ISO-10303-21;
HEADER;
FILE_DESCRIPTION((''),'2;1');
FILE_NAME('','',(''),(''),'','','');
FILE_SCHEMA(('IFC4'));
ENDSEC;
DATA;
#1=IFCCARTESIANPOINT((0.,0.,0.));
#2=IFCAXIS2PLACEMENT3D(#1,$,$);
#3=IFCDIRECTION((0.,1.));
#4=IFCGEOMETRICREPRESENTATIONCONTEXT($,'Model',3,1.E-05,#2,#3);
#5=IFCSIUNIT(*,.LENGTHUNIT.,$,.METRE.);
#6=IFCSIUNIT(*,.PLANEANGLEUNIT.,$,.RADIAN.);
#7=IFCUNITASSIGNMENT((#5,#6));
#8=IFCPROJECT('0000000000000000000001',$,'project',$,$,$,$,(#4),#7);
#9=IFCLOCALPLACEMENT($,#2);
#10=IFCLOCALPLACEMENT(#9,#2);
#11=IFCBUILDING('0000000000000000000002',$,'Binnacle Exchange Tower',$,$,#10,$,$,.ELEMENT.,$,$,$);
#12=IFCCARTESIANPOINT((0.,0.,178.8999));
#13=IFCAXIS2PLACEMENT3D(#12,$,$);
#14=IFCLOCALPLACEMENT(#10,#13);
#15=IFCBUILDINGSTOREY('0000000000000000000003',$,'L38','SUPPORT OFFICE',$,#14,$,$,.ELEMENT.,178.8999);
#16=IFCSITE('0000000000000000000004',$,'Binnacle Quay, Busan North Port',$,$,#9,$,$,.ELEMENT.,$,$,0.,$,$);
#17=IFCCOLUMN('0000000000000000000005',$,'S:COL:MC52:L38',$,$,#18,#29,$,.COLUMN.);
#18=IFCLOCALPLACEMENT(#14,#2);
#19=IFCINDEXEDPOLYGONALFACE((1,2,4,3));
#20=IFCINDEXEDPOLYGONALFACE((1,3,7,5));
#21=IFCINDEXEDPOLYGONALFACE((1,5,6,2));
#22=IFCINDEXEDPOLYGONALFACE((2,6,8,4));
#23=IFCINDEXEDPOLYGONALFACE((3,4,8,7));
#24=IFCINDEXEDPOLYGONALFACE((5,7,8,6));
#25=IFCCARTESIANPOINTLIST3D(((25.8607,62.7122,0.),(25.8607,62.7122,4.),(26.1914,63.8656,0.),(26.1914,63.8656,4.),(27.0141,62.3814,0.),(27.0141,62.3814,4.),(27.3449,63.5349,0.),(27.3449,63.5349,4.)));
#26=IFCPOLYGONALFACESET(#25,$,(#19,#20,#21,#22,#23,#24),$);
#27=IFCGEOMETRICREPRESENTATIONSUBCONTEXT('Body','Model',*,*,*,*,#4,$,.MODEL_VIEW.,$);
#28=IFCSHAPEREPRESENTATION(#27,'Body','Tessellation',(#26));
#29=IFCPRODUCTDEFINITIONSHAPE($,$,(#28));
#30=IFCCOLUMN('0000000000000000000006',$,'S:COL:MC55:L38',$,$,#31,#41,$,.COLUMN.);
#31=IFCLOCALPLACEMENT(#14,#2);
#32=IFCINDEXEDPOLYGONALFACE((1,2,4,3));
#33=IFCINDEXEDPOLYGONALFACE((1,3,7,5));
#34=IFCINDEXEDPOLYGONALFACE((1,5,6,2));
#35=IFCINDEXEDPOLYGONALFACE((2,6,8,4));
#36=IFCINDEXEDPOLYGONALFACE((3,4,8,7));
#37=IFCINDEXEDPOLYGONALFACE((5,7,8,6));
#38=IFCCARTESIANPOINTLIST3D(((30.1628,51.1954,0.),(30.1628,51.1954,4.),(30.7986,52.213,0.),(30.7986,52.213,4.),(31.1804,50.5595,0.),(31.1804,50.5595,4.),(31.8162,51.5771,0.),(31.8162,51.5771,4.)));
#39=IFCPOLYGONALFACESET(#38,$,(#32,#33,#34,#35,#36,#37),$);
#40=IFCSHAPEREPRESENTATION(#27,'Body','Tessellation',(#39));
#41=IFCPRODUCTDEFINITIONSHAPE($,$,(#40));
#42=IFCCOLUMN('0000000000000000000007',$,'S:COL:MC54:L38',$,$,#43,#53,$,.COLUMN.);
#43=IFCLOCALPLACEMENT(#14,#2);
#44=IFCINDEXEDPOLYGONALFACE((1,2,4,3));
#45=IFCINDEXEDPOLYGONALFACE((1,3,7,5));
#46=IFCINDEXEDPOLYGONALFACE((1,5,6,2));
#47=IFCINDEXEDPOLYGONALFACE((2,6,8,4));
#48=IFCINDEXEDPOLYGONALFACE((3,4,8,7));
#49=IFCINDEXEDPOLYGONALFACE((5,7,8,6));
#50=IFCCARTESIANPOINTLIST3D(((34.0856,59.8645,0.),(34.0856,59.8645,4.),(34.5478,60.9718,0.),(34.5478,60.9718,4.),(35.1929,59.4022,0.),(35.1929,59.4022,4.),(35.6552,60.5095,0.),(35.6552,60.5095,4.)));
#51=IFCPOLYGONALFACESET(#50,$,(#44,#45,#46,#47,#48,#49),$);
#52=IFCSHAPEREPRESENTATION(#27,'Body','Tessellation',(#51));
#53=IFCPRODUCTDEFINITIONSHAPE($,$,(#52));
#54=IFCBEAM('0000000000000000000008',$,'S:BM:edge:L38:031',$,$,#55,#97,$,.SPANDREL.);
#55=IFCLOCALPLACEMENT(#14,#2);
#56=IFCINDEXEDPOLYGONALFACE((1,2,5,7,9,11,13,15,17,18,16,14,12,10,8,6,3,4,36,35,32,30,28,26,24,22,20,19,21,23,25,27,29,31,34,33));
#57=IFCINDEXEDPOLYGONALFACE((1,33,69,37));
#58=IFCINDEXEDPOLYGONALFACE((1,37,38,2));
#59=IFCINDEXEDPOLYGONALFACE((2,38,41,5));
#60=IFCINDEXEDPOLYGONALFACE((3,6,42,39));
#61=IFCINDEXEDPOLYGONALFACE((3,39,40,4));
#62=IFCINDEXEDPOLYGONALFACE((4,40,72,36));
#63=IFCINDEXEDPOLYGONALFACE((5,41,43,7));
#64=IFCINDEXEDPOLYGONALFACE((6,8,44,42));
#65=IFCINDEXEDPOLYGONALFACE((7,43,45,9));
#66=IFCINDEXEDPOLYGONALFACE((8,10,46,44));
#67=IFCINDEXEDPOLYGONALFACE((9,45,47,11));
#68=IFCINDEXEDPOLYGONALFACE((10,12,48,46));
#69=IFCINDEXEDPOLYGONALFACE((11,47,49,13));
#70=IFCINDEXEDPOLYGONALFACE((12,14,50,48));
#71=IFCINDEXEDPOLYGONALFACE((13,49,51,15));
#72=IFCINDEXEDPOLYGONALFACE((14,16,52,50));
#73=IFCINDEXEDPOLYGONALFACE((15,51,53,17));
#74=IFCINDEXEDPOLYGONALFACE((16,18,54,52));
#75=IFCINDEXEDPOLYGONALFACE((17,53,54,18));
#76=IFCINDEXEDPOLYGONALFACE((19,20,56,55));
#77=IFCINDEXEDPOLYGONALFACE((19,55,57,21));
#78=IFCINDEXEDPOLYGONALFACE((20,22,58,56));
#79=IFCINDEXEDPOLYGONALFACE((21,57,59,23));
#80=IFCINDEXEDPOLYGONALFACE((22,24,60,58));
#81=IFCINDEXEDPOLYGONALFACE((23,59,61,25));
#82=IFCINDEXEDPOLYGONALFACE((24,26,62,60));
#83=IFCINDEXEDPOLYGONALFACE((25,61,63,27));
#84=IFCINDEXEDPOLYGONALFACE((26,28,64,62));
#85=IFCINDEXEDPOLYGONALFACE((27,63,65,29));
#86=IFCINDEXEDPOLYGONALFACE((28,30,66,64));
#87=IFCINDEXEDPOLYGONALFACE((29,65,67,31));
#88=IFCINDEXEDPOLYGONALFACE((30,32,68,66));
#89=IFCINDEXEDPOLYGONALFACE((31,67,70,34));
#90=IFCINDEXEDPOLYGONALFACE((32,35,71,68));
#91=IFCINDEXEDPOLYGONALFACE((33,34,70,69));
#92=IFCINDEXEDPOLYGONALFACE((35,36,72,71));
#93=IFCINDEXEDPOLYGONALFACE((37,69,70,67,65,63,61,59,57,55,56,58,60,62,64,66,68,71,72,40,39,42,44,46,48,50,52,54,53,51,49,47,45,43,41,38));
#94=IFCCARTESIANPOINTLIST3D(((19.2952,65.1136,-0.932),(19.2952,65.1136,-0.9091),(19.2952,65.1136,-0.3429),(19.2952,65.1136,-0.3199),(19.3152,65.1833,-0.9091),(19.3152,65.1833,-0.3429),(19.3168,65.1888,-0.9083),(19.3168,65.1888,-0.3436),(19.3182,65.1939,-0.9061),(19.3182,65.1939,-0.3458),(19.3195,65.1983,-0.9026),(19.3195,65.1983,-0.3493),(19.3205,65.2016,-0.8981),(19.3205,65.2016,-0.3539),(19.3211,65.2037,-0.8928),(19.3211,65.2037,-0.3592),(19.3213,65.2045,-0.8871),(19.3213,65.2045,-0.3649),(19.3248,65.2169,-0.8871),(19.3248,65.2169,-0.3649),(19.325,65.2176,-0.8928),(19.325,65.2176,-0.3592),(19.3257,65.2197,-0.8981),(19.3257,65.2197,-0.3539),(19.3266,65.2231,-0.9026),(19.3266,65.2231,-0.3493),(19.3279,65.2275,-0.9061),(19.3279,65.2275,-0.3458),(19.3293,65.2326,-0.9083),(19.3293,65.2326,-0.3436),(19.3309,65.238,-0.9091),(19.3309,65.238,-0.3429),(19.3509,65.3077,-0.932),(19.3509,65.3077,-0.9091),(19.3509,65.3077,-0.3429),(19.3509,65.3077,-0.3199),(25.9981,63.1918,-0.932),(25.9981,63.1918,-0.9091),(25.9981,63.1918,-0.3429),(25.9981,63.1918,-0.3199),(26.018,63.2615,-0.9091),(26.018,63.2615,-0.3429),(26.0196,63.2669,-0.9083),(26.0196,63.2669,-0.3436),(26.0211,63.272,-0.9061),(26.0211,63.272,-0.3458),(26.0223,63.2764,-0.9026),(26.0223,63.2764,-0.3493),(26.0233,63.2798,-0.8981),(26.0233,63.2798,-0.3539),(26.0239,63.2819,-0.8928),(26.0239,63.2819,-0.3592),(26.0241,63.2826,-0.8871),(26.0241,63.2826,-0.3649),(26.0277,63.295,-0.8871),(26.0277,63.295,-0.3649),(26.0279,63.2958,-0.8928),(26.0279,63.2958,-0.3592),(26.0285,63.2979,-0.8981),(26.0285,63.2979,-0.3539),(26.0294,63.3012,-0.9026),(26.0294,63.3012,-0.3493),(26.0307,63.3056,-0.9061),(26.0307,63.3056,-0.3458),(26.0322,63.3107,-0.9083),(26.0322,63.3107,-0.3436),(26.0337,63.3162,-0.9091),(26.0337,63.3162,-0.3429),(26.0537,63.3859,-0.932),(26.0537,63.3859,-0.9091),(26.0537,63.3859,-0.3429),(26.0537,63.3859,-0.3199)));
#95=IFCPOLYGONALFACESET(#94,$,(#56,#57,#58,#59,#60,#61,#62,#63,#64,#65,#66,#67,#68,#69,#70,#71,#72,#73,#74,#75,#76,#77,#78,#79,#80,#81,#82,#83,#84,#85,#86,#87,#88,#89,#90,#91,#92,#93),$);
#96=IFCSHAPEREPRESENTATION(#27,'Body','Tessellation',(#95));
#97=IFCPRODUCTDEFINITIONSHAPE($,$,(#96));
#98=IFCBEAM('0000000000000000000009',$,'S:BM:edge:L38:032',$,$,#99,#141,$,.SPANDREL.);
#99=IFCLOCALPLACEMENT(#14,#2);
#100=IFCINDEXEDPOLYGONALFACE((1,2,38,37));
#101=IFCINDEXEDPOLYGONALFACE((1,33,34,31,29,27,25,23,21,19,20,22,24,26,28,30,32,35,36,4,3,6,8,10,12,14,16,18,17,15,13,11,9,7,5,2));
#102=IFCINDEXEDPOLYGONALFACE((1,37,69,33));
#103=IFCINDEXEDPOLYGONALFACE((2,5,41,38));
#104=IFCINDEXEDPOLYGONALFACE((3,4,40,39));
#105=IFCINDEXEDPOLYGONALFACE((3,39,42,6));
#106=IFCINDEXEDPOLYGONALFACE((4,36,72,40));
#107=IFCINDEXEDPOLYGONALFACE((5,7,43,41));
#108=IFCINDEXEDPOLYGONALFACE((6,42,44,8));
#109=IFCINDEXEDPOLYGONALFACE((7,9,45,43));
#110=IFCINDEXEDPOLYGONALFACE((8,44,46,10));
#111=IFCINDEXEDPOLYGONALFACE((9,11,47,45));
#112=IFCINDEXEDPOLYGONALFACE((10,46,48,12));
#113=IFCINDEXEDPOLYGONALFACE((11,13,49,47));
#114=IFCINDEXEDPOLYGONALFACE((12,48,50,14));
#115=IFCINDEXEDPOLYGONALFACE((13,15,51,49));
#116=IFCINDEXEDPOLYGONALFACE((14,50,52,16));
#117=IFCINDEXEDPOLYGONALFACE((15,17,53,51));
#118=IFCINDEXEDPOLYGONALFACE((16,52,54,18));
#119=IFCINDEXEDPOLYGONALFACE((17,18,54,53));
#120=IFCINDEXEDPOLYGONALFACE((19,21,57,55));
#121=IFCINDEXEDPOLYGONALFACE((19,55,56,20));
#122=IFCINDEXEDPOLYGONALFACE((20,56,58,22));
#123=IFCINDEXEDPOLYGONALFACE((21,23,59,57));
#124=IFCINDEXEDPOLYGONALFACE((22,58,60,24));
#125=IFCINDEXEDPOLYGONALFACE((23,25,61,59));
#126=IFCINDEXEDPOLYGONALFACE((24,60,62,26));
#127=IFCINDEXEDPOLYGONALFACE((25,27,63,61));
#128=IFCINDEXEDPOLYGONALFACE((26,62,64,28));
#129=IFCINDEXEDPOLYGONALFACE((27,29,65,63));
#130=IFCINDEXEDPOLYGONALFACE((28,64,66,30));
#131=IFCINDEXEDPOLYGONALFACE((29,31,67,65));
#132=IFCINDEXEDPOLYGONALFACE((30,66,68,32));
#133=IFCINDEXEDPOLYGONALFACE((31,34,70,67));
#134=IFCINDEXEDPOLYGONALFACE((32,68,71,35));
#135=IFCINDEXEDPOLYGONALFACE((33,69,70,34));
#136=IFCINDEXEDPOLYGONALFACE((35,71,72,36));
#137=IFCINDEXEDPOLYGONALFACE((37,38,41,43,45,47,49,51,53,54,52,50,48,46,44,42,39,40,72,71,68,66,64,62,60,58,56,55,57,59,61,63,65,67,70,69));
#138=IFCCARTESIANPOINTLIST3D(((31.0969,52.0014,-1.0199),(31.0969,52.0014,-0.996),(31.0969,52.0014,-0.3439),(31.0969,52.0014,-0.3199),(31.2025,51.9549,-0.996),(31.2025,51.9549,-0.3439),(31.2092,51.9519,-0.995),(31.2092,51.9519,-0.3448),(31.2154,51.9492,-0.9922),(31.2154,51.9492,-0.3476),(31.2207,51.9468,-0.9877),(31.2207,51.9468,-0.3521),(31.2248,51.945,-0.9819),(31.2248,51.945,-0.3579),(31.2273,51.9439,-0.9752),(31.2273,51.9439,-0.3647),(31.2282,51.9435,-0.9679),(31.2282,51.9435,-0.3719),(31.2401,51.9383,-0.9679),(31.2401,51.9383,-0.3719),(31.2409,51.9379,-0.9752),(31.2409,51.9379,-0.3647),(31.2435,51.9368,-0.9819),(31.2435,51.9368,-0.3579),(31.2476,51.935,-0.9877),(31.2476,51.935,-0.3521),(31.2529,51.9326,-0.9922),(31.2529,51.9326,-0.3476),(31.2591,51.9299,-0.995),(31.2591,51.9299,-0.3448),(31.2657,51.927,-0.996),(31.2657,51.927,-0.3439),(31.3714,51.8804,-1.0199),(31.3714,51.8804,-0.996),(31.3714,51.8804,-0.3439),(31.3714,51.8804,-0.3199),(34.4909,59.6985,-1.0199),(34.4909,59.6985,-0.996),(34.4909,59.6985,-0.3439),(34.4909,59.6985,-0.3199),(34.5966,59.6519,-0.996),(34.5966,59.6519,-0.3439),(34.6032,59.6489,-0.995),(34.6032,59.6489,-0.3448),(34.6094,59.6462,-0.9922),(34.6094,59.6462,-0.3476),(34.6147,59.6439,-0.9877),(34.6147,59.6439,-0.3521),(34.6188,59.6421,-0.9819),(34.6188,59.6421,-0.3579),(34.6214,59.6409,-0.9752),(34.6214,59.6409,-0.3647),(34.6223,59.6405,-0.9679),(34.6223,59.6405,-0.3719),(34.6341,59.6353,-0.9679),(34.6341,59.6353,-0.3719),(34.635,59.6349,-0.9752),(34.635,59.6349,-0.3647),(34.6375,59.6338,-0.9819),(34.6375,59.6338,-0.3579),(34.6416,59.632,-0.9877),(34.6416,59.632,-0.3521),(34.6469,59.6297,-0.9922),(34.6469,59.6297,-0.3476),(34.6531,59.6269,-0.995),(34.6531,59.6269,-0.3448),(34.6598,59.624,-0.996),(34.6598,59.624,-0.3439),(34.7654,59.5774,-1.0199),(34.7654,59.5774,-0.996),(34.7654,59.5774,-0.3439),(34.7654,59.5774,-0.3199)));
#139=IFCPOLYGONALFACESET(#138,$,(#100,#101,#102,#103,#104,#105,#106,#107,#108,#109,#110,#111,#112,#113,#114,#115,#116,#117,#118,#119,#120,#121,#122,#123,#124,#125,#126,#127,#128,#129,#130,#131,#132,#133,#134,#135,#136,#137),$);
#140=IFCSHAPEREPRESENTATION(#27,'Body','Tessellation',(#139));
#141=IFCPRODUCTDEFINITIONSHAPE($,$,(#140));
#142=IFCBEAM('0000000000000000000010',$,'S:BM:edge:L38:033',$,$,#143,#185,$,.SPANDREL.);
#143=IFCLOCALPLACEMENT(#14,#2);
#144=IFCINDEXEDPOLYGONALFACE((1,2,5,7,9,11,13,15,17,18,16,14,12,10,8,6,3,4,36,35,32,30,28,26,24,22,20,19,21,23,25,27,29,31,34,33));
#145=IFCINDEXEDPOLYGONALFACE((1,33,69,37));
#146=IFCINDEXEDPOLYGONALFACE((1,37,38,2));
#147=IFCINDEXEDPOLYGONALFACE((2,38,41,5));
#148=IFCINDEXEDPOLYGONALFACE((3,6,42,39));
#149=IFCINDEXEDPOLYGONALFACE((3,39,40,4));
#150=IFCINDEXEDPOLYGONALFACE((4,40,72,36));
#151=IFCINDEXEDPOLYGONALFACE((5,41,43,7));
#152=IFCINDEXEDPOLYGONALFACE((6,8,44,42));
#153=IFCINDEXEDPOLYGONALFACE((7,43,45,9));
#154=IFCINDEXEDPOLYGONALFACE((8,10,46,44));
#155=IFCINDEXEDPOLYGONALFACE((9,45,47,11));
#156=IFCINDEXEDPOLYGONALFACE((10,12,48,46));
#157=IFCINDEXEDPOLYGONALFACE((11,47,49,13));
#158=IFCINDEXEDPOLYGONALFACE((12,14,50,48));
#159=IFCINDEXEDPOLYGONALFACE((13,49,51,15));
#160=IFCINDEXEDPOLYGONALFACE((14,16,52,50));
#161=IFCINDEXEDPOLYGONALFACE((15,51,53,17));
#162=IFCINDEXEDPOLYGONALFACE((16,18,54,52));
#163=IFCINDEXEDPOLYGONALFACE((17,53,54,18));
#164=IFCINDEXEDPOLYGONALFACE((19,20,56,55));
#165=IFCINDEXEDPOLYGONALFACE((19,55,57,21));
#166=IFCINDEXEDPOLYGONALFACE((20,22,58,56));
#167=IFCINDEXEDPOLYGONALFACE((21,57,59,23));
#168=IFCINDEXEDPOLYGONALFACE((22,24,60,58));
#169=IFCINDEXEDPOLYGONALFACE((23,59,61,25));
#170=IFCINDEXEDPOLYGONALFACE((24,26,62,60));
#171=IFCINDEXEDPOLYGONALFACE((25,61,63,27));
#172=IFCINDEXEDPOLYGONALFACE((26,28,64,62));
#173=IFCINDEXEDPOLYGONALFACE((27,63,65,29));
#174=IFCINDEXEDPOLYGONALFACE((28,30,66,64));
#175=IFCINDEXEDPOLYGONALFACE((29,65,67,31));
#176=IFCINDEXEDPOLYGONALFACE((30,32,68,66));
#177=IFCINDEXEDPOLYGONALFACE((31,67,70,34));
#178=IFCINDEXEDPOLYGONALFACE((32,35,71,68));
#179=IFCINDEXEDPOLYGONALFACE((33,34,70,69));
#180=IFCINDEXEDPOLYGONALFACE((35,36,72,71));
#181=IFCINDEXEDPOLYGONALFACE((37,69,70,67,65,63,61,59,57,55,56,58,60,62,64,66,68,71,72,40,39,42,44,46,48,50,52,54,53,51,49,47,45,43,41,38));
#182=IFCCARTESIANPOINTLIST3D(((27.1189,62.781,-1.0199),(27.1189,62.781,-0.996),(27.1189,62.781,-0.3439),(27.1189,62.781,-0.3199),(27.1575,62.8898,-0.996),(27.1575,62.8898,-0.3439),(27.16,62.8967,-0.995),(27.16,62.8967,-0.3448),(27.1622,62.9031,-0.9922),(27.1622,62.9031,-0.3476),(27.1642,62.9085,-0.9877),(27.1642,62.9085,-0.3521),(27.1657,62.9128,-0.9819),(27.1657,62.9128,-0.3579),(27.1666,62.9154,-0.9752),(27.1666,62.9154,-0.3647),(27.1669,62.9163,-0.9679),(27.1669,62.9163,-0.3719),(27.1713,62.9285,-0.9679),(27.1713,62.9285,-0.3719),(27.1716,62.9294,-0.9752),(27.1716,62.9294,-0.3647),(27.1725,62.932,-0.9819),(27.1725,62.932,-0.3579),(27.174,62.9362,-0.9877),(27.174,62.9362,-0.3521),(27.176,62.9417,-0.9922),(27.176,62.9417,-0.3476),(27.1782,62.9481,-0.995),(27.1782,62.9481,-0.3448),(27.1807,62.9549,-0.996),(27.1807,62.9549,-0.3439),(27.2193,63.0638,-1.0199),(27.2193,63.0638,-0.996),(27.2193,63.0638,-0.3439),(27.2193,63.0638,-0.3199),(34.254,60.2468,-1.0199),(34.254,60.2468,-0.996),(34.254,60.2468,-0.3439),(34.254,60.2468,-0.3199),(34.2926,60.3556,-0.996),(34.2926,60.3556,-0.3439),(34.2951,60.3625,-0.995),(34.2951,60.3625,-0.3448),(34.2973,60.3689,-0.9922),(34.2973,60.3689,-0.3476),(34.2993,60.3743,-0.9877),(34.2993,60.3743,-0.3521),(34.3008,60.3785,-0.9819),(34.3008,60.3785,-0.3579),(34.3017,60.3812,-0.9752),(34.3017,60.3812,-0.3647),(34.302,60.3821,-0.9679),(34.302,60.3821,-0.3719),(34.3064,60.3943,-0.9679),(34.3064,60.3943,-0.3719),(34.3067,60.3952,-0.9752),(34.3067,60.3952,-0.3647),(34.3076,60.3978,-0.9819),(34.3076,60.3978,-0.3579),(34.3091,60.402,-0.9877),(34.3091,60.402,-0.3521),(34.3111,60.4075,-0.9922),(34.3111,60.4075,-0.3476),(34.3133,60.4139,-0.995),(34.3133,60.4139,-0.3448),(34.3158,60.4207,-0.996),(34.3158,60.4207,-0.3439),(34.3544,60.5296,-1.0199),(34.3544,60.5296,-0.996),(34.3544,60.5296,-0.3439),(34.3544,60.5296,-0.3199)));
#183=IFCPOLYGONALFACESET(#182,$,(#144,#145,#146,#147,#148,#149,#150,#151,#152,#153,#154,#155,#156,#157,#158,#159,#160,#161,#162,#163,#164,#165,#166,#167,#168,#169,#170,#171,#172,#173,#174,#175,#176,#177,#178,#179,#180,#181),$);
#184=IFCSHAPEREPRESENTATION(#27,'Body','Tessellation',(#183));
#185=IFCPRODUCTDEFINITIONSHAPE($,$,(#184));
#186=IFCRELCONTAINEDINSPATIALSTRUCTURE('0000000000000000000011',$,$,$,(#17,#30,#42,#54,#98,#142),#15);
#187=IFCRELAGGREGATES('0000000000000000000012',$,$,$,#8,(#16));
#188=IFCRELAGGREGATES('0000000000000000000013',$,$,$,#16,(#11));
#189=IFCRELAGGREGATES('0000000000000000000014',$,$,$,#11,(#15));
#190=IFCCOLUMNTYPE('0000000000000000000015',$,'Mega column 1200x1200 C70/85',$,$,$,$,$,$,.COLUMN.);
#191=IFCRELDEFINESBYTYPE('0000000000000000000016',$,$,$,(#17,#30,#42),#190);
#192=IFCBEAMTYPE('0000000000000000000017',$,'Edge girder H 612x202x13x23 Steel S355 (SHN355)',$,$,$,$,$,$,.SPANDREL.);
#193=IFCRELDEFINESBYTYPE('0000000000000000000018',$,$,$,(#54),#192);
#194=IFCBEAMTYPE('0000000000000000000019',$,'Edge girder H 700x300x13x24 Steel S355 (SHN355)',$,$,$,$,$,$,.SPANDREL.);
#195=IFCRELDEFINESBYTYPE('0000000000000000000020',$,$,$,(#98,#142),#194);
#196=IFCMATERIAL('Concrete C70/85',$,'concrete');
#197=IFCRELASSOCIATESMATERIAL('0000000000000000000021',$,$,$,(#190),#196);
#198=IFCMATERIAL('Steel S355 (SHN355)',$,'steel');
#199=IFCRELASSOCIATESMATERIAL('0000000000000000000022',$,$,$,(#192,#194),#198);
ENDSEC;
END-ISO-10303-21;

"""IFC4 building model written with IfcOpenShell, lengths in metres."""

from ifc_helpers import new_model, si_unit, direction, frame, origin, origin_2d, place, context, subcontext, project, spatial, rectangle, i_section, extrude, material, material_profile, profile_set, type_object, element, save


model = new_model("IFC4")

# Units and contexts
model_context = context("Model", 3, precision=1e-05, world=origin(), true_north=direction((0.0, 1.0)))
body_context = subcontext(model_context, "Body", "Model", "MODEL_VIEW")
ifc_project = project(units=[si_unit("LENGTHUNIT", "METRE"), si_unit("PLANEANGLEUNIT", "RADIAN")], contexts=[model_context])

# Site, building, storey
site_placement = place(None, origin())
site = spatial("IfcSite", under=ifc_project, at=site_placement, Name="Binnacle Quay, Busan North Port", CompositionType="ELEMENT", RefElevation=0.0)
building_placement = place(site_placement, origin())
building = spatial("IfcBuilding", under=site, at=building_placement, Name="Binnacle Exchange Tower", CompositionType="ELEMENT")
storey_placement = place(building_placement, frame((0.0, 0.0, 178.8999)))
storey = spatial("IfcBuildingStorey", under=building, at=storey_placement, Name="L38", Description="SUPPORT OFFICE", CompositionType="ELEMENT", Elevation=178.8999)

# Columns
ifc_material_1 = material(Name="Concrete C70/85", Category="concrete")
ifc_material_profile_1 = material_profile(ifc_material_1, rectangle(XDim=1.2, YDim=1.2, at=origin_2d()), Name="Mega column 1200x1200 C70/85")
ifc_profile_set_1 = profile_set([ifc_material_profile_1], Name="Concrete C70/85")
column_type = type_object("IfcColumnType", Name="Mega column 1200x1200 C70/85", PredefinedType="COLUMN", material=ifc_profile_set_1)
for number, where, z_axis, x_axis, name in (
    (1, (26.6028, 63.1235, 0.0), (0.0, 0.0, 1.0), (-0.961262, 0.275637, 0.0), "S:COL:MC52:L38"),
    (2, (30.9895, 51.3862, 0.0), (0.0, 0.0, 1.0), (0.529919, 0.848048, 0.0), "S:COL:MC55:L38"),
    (3, (34.8704, 60.187, 0.0), (0.0, 0.0, 1.0), (-0.922814, 0.385246, 0.0), "S:COL:MC54:L38"),
):
    element("IfcColumn", number, at=place(storey_placement, frame(where, z_axis=z_axis, x_axis=x_axis)), inside=storey, type_object=column_type, Name=name, PredefinedType="COLUMN", context=body_context, shape_type="SweptSolid", body=[
        extrude(rectangle(XDim=1.2, YDim=1.2, at=origin_2d()), origin(), (0.0, 0.0, 1.0), 4.0),
    ])

# Beams
ifc_material_2 = material(Name="Steel S355 (SHN355)", Category="steel")
ifc_material_profile_2 = material_profile(ifc_material_2, i_section(OverallWidth=0.2019, OverallDepth=0.6121, WebThickness=0.0129, FlangeThickness=0.0229, FilletRadius=0.022, at=origin_2d()), Name="H 612x202x13x23")
ifc_profile_set_2 = profile_set([ifc_material_profile_2], Name="Steel S355 (SHN355)")
beam_type_1 = type_object("IfcBeamType", Name="Edge girder H 612x202x13x23 Steel S355 (SHN355)", PredefinedType="SPANDREL", material=ifc_profile_set_2)
beam_1_placement = place(storey_placement, frame((26.0259, 63.2888, -0.626), z_axis=(-0.961267, 0.275618, 0.0), x_axis=(-0.275618, -0.961267, 0.0)))
element("IfcBeam", 4, at=beam_1_placement, inside=storey, type_object=beam_type_1, Name="S:BM:edge:L38:031", PredefinedType="SPANDREL", context=body_context, shape_type="SweptSolid", body=[
    extrude(i_section(OverallWidth=0.2019, OverallDepth=0.6121, WebThickness=0.0129, FlangeThickness=0.0229, FilletRadius=0.022, at=origin_2d()), origin(), (0.0, 0.0, 1.0), 6.9729),
])
ifc_material_profile_3 = material_profile(ifc_material_2, i_section(OverallWidth=0.3, OverallDepth=0.7, WebThickness=0.0129, FlangeThickness=0.0239, FilletRadius=0.0281, at=origin_2d()), Name="H 700x300x13x24")
ifc_profile_set_3 = profile_set([ifc_material_profile_3], Name="Steel S355 (SHN355)")
beam_type_2 = type_object("IfcBeamType", Name="Edge girder H 700x300x13x24 Steel S355 (SHN355)", PredefinedType="SPANDREL", material=ifc_profile_set_3)
beam_2_placement = place(storey_placement, frame((31.2341, 51.9409, -0.6699), z_axis=(0.403471, 0.914992, 0.0), x_axis=(-0.914992, 0.403471, 0.0)))
element("IfcBeam", 5, at=beam_2_placement, inside=storey, type_object=beam_type_2, Name="S:BM:edge:L38:032", PredefinedType="SPANDREL", context=body_context, shape_type="SweptSolid", body=[
    extrude(i_section(OverallWidth=0.3, OverallDepth=0.7, WebThickness=0.0129, FlangeThickness=0.0239, FilletRadius=0.0281, at=origin_2d()), origin(), (0.0, 0.0, 1.0), 8.4121),
])
beam_3_placement = place(storey_placement, frame((34.3042, 60.3882, -0.6699), z_axis=(-0.942328, 0.334692, 0.0), x_axis=(-0.334692, -0.942328, 0.0)))
element("IfcBeam", 6, at=beam_3_placement, inside=storey, type_object=beam_type_2, Name="S:BM:edge:L38:033", PredefinedType="SPANDREL", context=body_context, shape_type="SweptSolid", body=[
    extrude(i_section(OverallWidth=0.3, OverallDepth=0.7, WebThickness=0.0129, FlangeThickness=0.0239, FilletRadius=0.0281, at=origin_2d()), origin(), (0.0, 0.0, 1.0), 7.5718),
])

save(model, "model.ifc")
